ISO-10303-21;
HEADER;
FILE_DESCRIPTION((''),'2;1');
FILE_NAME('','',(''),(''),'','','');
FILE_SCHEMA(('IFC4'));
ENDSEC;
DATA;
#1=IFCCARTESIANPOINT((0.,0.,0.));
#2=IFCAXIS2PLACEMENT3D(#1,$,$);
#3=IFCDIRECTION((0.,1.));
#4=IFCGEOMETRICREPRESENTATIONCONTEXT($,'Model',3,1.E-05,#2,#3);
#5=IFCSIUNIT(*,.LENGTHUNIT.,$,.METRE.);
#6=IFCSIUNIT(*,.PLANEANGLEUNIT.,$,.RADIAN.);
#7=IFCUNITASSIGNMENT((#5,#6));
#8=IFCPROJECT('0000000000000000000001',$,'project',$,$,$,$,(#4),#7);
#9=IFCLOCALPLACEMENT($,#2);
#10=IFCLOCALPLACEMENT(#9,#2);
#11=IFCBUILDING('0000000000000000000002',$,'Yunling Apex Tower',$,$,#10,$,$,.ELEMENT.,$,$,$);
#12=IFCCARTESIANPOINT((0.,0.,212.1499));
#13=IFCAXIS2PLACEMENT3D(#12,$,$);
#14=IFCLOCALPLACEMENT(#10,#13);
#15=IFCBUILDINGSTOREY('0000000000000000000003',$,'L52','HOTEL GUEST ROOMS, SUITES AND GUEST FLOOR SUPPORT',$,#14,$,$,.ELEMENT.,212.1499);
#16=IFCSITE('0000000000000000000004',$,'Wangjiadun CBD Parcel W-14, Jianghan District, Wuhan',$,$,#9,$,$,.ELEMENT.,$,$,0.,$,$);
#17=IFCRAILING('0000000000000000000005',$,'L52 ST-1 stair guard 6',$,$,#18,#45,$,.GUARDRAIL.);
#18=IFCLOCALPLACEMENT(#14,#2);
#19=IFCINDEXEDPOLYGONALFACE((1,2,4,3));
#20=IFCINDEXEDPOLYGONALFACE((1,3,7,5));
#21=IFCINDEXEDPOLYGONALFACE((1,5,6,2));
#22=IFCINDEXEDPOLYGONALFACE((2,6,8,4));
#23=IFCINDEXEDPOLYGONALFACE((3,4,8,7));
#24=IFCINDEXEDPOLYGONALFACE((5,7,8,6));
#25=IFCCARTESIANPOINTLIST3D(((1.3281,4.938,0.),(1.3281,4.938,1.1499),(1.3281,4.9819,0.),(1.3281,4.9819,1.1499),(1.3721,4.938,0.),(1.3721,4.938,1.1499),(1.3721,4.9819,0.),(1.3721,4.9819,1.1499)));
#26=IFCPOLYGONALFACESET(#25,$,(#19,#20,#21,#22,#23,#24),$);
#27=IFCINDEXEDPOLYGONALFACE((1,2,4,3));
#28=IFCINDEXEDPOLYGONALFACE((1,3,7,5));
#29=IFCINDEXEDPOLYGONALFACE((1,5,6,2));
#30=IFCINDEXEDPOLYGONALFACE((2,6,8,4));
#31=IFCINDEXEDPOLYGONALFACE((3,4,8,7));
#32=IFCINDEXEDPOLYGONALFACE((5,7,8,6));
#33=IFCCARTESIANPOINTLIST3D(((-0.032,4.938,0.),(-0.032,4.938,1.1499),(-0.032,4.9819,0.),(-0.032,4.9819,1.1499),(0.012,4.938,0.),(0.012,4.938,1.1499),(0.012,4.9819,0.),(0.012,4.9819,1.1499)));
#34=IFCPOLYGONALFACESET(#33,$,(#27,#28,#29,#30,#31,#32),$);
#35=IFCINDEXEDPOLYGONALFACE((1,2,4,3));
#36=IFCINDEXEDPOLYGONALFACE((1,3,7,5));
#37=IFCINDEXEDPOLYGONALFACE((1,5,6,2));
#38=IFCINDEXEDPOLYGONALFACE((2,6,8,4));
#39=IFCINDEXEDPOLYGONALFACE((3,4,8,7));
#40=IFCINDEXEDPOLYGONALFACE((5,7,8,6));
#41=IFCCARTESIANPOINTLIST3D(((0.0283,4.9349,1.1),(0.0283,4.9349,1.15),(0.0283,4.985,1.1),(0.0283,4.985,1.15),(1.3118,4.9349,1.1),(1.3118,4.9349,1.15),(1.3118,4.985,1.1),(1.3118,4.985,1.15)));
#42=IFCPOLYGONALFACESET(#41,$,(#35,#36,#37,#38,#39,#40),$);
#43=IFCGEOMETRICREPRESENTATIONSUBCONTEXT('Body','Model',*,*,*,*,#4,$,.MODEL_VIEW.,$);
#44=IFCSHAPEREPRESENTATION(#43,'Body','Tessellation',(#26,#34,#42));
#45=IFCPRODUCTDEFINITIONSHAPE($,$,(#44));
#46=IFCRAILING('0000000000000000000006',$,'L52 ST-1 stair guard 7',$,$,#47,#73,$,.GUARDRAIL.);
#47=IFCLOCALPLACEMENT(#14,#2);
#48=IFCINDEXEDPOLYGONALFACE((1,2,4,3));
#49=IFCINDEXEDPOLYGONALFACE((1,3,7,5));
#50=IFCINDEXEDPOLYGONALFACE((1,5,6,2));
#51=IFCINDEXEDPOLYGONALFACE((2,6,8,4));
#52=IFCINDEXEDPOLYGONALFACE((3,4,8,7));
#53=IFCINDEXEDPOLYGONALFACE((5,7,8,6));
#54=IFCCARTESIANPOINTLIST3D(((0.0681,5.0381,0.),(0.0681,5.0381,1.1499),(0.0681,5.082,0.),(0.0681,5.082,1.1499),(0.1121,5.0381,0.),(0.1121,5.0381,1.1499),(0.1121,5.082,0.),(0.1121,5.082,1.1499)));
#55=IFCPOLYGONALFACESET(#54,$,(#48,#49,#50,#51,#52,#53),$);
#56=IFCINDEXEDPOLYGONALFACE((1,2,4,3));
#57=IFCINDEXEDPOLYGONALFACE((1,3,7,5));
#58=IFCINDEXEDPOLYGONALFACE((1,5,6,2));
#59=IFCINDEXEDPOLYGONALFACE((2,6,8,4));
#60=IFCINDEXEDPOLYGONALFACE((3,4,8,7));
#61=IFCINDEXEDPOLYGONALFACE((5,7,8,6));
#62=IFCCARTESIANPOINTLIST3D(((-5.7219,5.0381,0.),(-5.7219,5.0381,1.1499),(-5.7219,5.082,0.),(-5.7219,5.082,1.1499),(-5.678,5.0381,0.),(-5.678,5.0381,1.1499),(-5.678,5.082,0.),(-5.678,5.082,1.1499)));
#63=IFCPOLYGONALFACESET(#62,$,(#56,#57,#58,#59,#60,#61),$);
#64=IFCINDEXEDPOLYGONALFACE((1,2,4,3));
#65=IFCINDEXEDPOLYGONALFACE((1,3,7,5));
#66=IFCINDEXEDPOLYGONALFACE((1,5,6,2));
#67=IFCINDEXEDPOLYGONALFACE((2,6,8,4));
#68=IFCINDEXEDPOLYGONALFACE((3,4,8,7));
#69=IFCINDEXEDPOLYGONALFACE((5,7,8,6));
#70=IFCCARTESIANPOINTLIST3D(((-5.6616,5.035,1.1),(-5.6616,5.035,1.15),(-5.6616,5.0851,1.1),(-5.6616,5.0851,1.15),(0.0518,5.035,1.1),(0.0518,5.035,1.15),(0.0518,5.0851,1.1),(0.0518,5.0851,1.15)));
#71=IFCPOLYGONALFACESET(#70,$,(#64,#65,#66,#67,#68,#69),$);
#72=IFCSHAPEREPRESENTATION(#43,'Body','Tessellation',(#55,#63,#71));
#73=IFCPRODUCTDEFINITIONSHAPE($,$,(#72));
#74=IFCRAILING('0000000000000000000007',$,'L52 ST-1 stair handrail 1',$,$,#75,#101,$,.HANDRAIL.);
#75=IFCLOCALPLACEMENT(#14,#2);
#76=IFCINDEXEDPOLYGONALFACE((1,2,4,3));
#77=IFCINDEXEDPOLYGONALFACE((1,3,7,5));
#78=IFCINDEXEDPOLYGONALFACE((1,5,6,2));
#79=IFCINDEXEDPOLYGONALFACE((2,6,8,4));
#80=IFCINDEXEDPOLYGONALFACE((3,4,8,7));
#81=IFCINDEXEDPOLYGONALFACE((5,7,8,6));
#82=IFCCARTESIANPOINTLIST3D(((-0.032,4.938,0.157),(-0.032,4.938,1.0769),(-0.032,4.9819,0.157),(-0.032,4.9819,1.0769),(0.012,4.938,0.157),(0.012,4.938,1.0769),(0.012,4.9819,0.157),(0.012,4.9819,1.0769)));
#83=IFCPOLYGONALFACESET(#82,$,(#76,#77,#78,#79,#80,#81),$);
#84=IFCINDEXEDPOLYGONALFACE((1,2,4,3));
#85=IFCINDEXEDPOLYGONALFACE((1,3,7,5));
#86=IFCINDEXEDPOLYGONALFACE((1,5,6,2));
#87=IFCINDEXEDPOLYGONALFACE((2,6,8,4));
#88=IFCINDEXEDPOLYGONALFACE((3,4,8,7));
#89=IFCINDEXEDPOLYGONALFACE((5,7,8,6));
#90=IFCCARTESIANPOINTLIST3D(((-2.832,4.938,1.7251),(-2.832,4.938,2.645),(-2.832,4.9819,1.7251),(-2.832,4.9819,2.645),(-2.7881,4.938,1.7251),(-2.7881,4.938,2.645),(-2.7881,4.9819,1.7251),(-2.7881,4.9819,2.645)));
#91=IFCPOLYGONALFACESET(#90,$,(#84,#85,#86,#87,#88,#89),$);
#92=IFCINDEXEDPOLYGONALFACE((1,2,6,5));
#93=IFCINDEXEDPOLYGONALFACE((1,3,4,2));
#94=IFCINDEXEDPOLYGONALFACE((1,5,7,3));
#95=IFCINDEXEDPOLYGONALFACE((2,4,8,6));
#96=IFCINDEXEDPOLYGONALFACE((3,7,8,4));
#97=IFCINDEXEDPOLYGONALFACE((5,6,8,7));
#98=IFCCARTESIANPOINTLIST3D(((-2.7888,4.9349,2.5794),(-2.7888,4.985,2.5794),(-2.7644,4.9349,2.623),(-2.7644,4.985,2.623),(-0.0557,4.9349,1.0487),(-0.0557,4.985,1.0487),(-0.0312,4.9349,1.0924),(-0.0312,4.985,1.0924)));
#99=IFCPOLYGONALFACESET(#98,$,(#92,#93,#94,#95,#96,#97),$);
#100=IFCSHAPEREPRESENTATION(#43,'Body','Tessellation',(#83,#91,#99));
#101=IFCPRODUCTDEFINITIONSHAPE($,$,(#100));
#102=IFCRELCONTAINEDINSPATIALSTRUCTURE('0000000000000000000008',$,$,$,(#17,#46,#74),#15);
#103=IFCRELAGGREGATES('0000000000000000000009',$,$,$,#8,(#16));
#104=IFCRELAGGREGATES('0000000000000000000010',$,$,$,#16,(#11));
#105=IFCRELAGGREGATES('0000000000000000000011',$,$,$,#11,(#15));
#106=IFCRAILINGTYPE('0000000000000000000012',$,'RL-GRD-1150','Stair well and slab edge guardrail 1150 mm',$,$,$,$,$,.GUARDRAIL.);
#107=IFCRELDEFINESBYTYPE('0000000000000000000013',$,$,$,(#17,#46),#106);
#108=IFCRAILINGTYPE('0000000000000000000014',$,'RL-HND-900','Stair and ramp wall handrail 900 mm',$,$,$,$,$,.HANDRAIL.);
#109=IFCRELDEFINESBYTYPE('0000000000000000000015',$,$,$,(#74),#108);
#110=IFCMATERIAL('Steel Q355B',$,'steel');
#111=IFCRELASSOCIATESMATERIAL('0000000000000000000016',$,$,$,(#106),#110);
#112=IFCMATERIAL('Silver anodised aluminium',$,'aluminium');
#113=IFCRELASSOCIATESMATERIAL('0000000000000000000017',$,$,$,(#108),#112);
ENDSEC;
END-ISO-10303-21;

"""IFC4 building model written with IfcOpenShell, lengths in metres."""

from ifc_helpers import new_model, si_unit, direction, frame, origin, origin_2d, place, context, subcontext, project, spatial, rectangle, extrude, material, type_object, element, save


model = new_model("IFC4")

# Units and contexts
model_context = context("Model", 3, precision=1e-05, world=origin(), true_north=direction((0.0, 1.0)))
body_context = subcontext(model_context, "Body", "Model", "MODEL_VIEW")
ifc_project = project(units=[si_unit("LENGTHUNIT", "METRE"), si_unit("PLANEANGLEUNIT", "RADIAN")], contexts=[model_context])

# Site, building, storey
site_placement = place(None, origin())
site = spatial("IfcSite", under=ifc_project, at=site_placement, Name="Wangjiadun CBD Parcel W-14, Jianghan District, Wuhan", CompositionType="ELEMENT", RefElevation=0.0)
building_placement = place(site_placement, origin())
building = spatial("IfcBuilding", under=site, at=building_placement, Name="Yunling Apex Tower", CompositionType="ELEMENT")
storey_placement = place(building_placement, frame((0.0, 0.0, 212.1499)))
storey = spatial("IfcBuildingStorey", under=building, at=storey_placement, Name="L52", Description="HOTEL GUEST ROOMS, SUITES AND GUEST FLOOR SUPPORT", CompositionType="ELEMENT", Elevation=212.1499)

# Shared definitions
ifc_material_1 = material(Name="Steel Q355B", Category="steel")

# Railings
railing_type_1 = type_object("IfcRailingType", Name="RL-GRD-1150", Description="Stair well and slab edge guardrail 1150 mm", PredefinedType="GUARDRAIL", material=ifc_material_1)
railing_1_placement = place(storey_placement, frame((1.3501, 4.96, 0.0)))
element("IfcRailing", 1, at=railing_1_placement, inside=storey, type_object=railing_type_1, Name="L52 ST-1 stair guard 6", PredefinedType="GUARDRAIL", context=body_context, shape_type="SweptSolid", body=[
    extrude(rectangle(XDim=0.0439, YDim=0.0439, at=origin_2d()), origin(), (0.0, 0.0, 1.0), 1.1499),
    extrude(rectangle(XDim=0.0439, YDim=0.0439, at=origin_2d()), frame((-1.3601, 0.0, 0.0)), (0.0, 0.0, 1.0), 1.1499),
    extrude(rectangle(XDim=0.05, YDim=0.05, at=origin_2d()), frame((-0.0383, 0.0, 1.125), z_axis=(-1.0, 0.0, 0.0), x_axis=(0.0, -1.0, 0.0)), (0.0, 0.0, 1.0), 1.2834),
])
railing_2_placement = place(storey_placement, frame((0.0901, 5.0601, 0.0)))
element("IfcRailing", 2, at=railing_2_placement, inside=storey, type_object=railing_type_1, Name="L52 ST-1 stair guard 7", PredefinedType="GUARDRAIL", context=body_context, shape_type="SweptSolid", body=[
    extrude(rectangle(XDim=0.0439, YDim=0.0439, at=origin_2d()), origin(), (0.0, 0.0, 1.0), 1.1499),
    extrude(rectangle(XDim=0.0439, YDim=0.0439, at=origin_2d()), frame((-5.79, 0.0, 0.0)), (0.0, 0.0, 1.0), 1.1499),
    extrude(rectangle(XDim=0.05, YDim=0.05, at=origin_2d()), frame((-0.0383, 0.0, 1.125), z_axis=(-1.0, 0.0, 0.0), x_axis=(0.0, -1.0, 0.0)), (0.0, 0.0, 1.0), 5.7134),
])
ifc_material_2 = material(Name="Silver anodised aluminium", Category="aluminium")
railing_type_2 = type_object("IfcRailingType", Name="RL-HND-900", Description="Stair and ramp wall handrail 900 mm", PredefinedType="HANDRAIL", material=ifc_material_2)
railing_3_placement = place(storey_placement, frame((-0.01, 4.96, 0.157)))
element("IfcRailing", 3, at=railing_3_placement, inside=storey, type_object=railing_type_2, Name="L52 ST-1 stair handrail 1", PredefinedType="HANDRAIL", context=body_context, shape_type="SweptSolid", body=[
    extrude(rectangle(XDim=0.0439, YDim=0.0439, at=origin_2d()), origin(), (0.0, 0.0, 1.0), 0.9199),
    extrude(rectangle(XDim=0.0439, YDim=0.0439, at=origin_2d()), frame((-2.8, 0.0, 1.5681)), (0.0, 0.0, 1.0), 0.9199),
    extrude(rectangle(XDim=0.05, YDim=0.05, at=origin_2d()), frame((-0.0334, 0.0, 0.9136), z_axis=(-0.872494, 0.0, 0.488624), x_axis=(0.0, -1.0, 0.0)), (0.0, 0.0, 1.0), 3.1326),
])

save(model, "model.ifc")
